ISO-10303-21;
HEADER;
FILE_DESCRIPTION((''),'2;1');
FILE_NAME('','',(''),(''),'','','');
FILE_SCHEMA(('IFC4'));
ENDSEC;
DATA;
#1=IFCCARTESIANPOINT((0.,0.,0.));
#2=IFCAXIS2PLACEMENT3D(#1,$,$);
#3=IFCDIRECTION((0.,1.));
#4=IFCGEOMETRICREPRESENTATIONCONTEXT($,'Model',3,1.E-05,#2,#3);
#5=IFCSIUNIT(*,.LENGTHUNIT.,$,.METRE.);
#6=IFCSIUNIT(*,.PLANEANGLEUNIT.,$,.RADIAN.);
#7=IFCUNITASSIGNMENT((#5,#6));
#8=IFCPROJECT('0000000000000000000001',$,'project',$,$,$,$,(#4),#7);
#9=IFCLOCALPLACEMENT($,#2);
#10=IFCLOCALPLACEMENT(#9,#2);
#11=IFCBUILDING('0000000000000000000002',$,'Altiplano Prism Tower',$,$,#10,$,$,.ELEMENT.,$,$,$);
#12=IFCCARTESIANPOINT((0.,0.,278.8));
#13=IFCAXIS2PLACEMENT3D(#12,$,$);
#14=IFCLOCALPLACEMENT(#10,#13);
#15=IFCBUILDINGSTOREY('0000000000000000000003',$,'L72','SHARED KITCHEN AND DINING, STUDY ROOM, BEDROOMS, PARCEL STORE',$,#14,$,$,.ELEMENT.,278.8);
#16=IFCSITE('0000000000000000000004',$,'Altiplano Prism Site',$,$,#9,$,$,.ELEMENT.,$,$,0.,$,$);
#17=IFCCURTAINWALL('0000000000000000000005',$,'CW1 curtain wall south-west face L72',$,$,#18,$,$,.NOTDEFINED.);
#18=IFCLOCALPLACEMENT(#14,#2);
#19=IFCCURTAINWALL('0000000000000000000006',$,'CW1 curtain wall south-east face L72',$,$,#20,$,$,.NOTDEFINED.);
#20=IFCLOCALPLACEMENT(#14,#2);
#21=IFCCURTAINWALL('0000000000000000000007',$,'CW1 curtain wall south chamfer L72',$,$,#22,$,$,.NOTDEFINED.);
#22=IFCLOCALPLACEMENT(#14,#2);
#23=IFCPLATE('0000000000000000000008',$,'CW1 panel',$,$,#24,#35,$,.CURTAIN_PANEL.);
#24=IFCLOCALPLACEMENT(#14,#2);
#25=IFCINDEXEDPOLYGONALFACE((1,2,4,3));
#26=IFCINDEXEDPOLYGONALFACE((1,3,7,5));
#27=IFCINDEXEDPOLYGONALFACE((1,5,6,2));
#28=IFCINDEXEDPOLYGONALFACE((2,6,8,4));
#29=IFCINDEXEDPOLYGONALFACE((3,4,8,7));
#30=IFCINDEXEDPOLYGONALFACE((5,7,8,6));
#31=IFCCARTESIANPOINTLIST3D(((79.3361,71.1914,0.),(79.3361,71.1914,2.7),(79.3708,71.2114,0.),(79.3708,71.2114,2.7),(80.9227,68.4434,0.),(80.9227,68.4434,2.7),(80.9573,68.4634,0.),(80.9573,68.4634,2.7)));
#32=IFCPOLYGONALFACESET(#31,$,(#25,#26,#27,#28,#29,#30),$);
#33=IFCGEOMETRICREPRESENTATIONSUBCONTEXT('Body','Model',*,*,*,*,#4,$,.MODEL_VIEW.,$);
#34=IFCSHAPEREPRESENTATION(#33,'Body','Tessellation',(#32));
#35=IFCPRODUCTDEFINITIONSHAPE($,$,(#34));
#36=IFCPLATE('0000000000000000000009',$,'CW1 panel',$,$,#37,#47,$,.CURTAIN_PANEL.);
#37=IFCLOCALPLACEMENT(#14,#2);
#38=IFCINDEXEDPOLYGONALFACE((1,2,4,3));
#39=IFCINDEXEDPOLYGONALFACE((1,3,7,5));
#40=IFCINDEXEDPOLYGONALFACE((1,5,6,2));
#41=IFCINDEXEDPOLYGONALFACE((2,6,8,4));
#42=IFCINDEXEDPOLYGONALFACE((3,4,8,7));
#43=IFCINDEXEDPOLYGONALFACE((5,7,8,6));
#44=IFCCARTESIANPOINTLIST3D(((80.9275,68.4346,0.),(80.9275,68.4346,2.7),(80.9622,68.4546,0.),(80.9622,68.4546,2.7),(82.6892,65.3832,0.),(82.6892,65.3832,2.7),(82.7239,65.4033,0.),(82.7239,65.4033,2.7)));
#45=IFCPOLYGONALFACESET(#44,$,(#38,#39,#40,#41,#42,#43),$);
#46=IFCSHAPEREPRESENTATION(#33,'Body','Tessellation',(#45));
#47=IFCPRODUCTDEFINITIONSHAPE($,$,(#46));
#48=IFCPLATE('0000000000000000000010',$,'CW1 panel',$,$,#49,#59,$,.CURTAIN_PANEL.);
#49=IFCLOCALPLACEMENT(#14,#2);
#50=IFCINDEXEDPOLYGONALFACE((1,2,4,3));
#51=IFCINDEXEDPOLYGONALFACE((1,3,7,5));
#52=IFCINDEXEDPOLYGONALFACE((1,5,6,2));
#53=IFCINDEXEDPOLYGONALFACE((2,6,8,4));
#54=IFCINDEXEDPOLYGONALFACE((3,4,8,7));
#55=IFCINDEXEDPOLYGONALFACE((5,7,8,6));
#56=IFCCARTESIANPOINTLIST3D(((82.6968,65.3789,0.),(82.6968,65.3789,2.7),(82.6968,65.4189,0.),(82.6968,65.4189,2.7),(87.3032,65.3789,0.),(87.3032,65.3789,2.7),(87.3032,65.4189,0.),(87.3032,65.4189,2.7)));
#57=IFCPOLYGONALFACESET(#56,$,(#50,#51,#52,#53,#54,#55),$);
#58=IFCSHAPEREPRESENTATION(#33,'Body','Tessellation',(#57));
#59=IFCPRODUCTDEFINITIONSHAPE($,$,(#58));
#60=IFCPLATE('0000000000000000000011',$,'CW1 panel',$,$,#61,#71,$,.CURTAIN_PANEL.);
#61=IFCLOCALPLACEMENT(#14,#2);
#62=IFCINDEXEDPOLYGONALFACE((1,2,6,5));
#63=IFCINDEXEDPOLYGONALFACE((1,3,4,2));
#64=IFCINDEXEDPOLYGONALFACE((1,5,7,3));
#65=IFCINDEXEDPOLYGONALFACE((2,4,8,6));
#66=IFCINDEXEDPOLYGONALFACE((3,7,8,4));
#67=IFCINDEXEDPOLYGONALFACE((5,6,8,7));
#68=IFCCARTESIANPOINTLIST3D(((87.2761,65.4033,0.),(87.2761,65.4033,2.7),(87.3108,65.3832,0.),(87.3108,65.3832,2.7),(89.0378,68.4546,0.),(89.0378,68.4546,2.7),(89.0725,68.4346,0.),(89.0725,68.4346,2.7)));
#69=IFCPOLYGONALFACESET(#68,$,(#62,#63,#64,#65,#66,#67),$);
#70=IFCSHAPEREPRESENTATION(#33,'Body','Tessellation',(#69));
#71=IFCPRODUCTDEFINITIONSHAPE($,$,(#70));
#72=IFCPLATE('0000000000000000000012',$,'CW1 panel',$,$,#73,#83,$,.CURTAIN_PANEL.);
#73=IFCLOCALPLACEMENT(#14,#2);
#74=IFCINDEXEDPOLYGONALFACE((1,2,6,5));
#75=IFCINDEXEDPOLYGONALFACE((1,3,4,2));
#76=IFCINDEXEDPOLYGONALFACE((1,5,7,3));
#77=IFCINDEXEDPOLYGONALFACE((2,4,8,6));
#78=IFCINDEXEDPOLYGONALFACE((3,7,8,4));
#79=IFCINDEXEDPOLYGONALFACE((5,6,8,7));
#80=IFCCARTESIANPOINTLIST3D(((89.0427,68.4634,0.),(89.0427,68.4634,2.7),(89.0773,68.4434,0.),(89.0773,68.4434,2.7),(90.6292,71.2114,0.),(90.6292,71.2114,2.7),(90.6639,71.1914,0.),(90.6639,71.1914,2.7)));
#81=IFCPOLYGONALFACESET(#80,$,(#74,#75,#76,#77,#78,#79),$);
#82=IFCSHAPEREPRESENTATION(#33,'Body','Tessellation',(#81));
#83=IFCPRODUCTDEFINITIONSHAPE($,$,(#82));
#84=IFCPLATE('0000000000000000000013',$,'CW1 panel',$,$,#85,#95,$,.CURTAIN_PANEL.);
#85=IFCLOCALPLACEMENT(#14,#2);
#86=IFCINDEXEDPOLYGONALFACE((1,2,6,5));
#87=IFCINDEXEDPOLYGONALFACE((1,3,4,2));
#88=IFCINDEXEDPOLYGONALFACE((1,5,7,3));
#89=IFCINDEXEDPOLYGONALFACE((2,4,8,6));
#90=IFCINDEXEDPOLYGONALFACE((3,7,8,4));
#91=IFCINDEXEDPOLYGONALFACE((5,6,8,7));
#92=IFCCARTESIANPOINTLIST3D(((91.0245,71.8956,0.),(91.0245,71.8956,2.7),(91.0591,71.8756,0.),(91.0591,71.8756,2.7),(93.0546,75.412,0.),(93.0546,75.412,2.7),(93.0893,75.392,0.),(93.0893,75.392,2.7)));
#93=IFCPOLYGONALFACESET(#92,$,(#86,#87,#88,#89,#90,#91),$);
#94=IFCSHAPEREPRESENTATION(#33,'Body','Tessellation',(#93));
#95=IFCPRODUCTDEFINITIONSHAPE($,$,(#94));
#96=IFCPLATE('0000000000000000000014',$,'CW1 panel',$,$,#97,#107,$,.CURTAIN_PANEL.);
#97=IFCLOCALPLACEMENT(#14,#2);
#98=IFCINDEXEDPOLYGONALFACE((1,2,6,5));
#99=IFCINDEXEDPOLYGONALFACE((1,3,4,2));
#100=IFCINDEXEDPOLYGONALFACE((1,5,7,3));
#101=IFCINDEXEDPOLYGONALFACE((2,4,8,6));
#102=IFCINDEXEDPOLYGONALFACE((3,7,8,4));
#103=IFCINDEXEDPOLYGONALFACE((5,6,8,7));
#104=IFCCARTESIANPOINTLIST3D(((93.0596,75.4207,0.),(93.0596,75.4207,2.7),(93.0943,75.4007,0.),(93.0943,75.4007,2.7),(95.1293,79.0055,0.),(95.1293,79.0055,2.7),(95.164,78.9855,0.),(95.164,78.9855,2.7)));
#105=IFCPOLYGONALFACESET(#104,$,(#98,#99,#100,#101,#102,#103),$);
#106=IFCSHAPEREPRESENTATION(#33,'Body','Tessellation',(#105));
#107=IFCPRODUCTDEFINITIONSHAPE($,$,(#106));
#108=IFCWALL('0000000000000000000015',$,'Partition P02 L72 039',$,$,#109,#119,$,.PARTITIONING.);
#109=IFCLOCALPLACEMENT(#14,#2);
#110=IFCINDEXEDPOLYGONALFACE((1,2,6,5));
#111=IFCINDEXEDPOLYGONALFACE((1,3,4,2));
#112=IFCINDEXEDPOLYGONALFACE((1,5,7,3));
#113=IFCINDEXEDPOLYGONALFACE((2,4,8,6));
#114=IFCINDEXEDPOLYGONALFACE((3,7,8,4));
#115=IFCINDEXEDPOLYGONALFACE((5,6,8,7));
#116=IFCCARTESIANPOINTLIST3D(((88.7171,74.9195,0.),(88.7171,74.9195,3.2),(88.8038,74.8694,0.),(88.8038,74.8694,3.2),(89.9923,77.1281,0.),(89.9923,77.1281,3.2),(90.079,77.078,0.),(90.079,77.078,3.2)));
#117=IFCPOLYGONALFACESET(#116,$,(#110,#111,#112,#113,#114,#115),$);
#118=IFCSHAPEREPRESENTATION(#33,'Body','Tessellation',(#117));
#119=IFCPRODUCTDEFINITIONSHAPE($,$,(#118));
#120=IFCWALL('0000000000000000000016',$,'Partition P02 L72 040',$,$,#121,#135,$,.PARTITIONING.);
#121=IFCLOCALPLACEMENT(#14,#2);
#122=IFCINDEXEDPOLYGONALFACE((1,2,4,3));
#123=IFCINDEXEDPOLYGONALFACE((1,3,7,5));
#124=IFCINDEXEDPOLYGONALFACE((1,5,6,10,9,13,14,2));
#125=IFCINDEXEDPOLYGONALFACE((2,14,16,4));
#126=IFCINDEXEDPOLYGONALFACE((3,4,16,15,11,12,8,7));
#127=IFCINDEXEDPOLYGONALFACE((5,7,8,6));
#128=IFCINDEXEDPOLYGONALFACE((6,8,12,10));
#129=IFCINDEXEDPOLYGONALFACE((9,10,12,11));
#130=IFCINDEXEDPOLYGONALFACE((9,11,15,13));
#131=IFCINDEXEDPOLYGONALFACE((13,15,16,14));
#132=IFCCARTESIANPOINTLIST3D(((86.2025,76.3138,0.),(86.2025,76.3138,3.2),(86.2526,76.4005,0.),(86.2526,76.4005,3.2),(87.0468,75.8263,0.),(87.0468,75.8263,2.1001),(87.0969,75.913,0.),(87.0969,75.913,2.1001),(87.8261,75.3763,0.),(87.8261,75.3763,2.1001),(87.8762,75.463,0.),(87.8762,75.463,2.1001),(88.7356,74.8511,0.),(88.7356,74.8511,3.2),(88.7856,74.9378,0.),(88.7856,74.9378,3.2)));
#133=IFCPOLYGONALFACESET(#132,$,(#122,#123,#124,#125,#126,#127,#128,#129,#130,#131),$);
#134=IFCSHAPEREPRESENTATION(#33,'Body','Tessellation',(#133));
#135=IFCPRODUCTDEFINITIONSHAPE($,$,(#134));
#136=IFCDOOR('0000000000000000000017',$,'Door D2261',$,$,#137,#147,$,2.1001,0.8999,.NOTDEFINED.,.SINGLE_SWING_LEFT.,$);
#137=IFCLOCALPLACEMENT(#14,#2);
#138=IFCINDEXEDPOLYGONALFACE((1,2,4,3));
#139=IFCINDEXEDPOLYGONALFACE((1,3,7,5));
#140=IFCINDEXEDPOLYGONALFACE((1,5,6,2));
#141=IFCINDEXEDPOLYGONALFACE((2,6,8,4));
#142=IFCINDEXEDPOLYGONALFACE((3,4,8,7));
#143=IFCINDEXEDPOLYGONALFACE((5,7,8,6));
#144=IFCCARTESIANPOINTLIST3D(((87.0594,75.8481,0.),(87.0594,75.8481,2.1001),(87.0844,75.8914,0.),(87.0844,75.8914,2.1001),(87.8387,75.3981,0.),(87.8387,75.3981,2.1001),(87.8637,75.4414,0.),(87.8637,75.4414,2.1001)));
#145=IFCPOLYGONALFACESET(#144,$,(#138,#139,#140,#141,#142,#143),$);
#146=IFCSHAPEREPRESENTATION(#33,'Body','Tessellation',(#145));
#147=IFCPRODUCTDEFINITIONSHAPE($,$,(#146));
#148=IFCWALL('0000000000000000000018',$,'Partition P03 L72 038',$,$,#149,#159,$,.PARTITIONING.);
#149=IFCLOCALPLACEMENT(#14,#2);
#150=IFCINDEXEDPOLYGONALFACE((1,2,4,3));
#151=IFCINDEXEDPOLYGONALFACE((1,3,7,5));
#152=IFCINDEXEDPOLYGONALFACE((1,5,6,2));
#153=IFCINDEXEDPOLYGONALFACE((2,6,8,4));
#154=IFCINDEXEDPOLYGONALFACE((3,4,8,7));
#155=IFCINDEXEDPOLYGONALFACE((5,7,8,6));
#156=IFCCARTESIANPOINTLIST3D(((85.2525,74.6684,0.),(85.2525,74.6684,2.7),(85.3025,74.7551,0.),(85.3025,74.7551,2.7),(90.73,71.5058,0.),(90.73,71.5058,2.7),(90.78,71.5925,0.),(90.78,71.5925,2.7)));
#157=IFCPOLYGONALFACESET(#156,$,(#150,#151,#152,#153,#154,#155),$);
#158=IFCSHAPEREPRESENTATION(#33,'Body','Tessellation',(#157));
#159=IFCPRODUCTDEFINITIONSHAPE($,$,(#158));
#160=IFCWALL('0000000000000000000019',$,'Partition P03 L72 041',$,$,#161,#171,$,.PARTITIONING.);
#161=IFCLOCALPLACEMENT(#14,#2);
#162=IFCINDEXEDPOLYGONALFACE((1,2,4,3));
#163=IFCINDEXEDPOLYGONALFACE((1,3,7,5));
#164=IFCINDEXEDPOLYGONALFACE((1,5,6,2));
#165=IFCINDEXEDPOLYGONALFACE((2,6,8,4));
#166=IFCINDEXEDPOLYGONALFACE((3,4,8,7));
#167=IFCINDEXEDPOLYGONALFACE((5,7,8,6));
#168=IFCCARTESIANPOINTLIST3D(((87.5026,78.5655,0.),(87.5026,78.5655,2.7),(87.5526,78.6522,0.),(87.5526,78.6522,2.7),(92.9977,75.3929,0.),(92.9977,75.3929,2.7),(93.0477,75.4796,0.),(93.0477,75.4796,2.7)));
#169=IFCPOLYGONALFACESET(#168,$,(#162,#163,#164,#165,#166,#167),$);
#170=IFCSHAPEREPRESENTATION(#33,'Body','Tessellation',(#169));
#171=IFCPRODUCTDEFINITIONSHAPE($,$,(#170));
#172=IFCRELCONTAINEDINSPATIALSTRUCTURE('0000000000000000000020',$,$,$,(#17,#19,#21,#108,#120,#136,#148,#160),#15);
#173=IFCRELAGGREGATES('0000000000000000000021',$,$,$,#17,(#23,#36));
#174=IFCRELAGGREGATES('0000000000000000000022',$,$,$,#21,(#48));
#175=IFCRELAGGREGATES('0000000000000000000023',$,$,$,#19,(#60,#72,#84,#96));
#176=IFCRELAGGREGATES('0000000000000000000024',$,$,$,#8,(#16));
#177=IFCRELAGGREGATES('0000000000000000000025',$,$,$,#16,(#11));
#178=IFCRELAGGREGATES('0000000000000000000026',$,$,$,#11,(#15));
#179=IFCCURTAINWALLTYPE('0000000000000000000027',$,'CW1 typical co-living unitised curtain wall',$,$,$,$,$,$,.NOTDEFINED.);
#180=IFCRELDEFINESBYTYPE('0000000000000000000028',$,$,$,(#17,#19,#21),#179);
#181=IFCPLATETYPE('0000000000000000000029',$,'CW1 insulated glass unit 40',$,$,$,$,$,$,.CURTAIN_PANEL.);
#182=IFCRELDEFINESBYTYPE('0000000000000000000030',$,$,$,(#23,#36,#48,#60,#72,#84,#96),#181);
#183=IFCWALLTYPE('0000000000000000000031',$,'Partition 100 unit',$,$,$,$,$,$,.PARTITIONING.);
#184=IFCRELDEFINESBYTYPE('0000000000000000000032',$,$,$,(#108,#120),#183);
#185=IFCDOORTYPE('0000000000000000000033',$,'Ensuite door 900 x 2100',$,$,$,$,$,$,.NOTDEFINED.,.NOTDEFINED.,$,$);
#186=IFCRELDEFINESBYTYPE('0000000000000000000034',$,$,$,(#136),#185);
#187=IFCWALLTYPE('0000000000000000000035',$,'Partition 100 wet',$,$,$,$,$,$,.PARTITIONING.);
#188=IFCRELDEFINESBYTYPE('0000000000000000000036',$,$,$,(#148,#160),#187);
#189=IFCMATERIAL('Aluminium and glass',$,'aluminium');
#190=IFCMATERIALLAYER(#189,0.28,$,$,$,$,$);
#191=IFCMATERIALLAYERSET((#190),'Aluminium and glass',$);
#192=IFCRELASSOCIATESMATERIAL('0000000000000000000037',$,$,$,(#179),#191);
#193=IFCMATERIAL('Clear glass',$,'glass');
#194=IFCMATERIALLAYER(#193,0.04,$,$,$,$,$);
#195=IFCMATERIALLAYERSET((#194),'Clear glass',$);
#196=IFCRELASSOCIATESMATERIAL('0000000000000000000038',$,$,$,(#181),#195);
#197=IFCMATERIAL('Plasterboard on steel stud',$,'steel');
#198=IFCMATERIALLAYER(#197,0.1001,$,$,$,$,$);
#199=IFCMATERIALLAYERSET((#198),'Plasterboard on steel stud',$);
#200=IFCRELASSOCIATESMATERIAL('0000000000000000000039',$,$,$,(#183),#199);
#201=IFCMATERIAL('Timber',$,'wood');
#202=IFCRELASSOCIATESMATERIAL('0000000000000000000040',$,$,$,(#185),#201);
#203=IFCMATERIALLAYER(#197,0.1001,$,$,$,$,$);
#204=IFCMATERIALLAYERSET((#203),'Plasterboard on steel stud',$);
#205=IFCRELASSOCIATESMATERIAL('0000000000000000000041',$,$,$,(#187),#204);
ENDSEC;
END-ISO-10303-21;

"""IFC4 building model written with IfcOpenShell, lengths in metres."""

from ifc_helpers import new_model, si_unit, direction, frame, frame_2d, origin, origin_2d, place, context, subcontext, project, spatial, rectangle, extrude, material, layer, layer_set, type_object, element, fill, aggregate, save


model = new_model("IFC4")

# Units and contexts
model_context = context("Model", 3, precision=1e-05, world=origin(), true_north=direction((0.0, 1.0)))
body_context = subcontext(model_context, "Body", "Model", "MODEL_VIEW")
ifc_project = project(units=[si_unit("LENGTHUNIT", "METRE"), si_unit("PLANEANGLEUNIT", "RADIAN")], contexts=[model_context])

# Site, building, storey
site_placement = place(None, origin())
site = spatial("IfcSite", under=ifc_project, at=site_placement, Name="Altiplano Prism Site", CompositionType="ELEMENT", RefElevation=0.0)
building_placement = place(site_placement, origin())
building = spatial("IfcBuilding", under=site, at=building_placement, Name="Altiplano Prism Tower", CompositionType="ELEMENT")
storey_placement = place(building_placement, frame((0.0, 0.0, 278.8)))
storey = spatial("IfcBuildingStorey", under=building, at=storey_placement, Name="L72", Description="SHARED KITCHEN AND DINING, STUDY ROOM, BEDROOMS, PARCEL STORE", CompositionType="ELEMENT", Elevation=278.8)

# Curtain wall
ifc_material_1 = material(Name="Aluminium and glass", Category="aluminium")
ifc_layer_1 = layer(ifc_material_1, 0.28)
ifc_layer_set_1 = layer_set([ifc_layer_1], Name="Aluminium and glass")
curtain_wall_type = type_object("IfcCurtainWallType", Name="CW1 typical co-living unitised curtain wall", PredefinedType="NOTDEFINED", material=ifc_layer_set_1)
curtain_wall_1_placement = place(storey_placement, origin())
curtain_wall_1 = element("IfcCurtainWall", 1, at=curtain_wall_1_placement, inside=storey, type_object=curtain_wall_type, Name="CW1 curtain wall south-west face L72", PredefinedType="NOTDEFINED")

# Curtain wall
curtain_wall_2_placement = place(storey_placement, origin())
curtain_wall_2 = element("IfcCurtainWall", 2, at=curtain_wall_2_placement, inside=storey, type_object=curtain_wall_type, Name="CW1 curtain wall south-east face L72", PredefinedType="NOTDEFINED")

# Curtain wall
curtain_wall_3_placement = place(storey_placement, origin())
curtain_wall_3 = element("IfcCurtainWall", 3, at=curtain_wall_3_placement, inside=storey, type_object=curtain_wall_type, Name="CW1 curtain wall south chamfer L72", PredefinedType="NOTDEFINED")

# Plates
ifc_material_2 = material(Name="Clear glass", Category="glass")
ifc_layer_2 = layer(ifc_material_2, 0.04)
ifc_layer_set_2 = layer_set([ifc_layer_2], Name="Clear glass")
plate_type = type_object("IfcPlateType", Name="CW1 insulated glass unit 40", PredefinedType="CURTAIN_PANEL", material=ifc_layer_set_2)
plate_1_placement = place(storey_placement, frame((80.1467, 69.8274, 0.0), z_axis=(0.0, 0.0, 1.0), x_axis=(0.5, -0.866025, 0.0)))
plate_1 = element("IfcPlate", 4, at=plate_1_placement, type_object=plate_type, Name="CW1 panel", PredefinedType="CURTAIN_PANEL", context=body_context, shape_type="SweptSolid", body=[
    extrude(rectangle(XDim=3.1731, YDim=0.04, at=origin_2d()), origin(), (0.0, 0.0, 1.0), 2.7),
])
plate_2_placement = place(storey_placement, frame((81.8257, 66.9189, 0.0), z_axis=(0.0, 0.0, 1.0), x_axis=(0.5, -0.866025, 0.0)))
plate_2 = element("IfcPlate", 5, at=plate_2_placement, type_object=plate_type, Name="CW1 panel", PredefinedType="CURTAIN_PANEL", context=body_context, shape_type="SweptSolid", body=[
    extrude(rectangle(XDim=3.5234, YDim=0.04, at=origin_2d()), origin(), (0.0, 0.0, 1.0), 2.7),
])
aggregate(curtain_wall_1, [plate_1, plate_2])
plate_3_placement = place(storey_placement, frame((85.0, 65.3989, 0.0), z_axis=(0.0, 0.0, 1.0), x_axis=(1.0, 0.0, 0.0)))
plate_3 = element("IfcPlate", 6, at=plate_3_placement, type_object=plate_type, Name="CW1 panel", PredefinedType="CURTAIN_PANEL", context=body_context, shape_type="SweptSolid", body=[
    extrude(rectangle(XDim=4.6064, YDim=0.04, at=origin_2d()), origin(), (0.0, 0.0, 1.0), 2.7),
])
aggregate(curtain_wall_3, [plate_3])
plate_4_placement = place(storey_placement, frame((88.1743, 66.9189, 0.0), z_axis=(0.0, 0.0, 1.0), x_axis=(0.5, 0.866025, 0.0)))
plate_4 = element("IfcPlate", 7, at=plate_4_placement, type_object=plate_type, Name="CW1 panel", PredefinedType="CURTAIN_PANEL", context=body_context, shape_type="SweptSolid", body=[
    extrude(rectangle(XDim=3.5234, YDim=0.04, at=origin_2d()), origin(), (0.0, 0.0, 1.0), 2.7),
])
plate_5_placement = place(storey_placement, frame((89.8533, 69.8274, 0.0), z_axis=(0.0, 0.0, 1.0), x_axis=(0.5, 0.866025, 0.0)))
plate_5 = element("IfcPlate", 8, at=plate_5_placement, type_object=plate_type, Name="CW1 panel", PredefinedType="CURTAIN_PANEL", context=body_context, shape_type="SweptSolid", body=[
    extrude(rectangle(XDim=3.1731, YDim=0.04, at=origin_2d()), origin(), (0.0, 0.0, 1.0), 2.7),
])
plate_6_placement = place(storey_placement, frame((92.0569, 73.6438, 0.0), z_axis=(0.0, 0.0, 1.0), x_axis=(0.5, 0.866025, 0.0)))
plate_6 = element("IfcPlate", 9, at=plate_6_placement, type_object=plate_type, Name="CW1 panel", PredefinedType="CURTAIN_PANEL", context=body_context, shape_type="SweptSolid", body=[
    extrude(rectangle(XDim=4.0603, YDim=0.04, at=origin_2d()), origin(), (0.0, 0.0, 1.0), 2.7),
])
plate_7_placement = place(storey_placement, frame((94.1118, 77.2031, 0.0), z_axis=(0.0, 0.0, 1.0), x_axis=(0.5, 0.866025, 0.0)))
plate_7 = element("IfcPlate", 10, at=plate_7_placement, type_object=plate_type, Name="CW1 panel", PredefinedType="CURTAIN_PANEL", context=body_context, shape_type="SweptSolid", body=[
    extrude(rectangle(XDim=4.1394, YDim=0.04, at=origin_2d()), origin(), (0.0, 0.0, 1.0), 2.7),
])
aggregate(curtain_wall_2, [plate_4, plate_5, plate_6, plate_7])

# Wall
ifc_material_3 = material(Name="Plasterboard on steel stud", Category="steel")
ifc_layer_3 = layer(ifc_material_3, 0.1001)
ifc_layer_set_3 = layer_set([ifc_layer_3], Name="Plasterboard on steel stud")
wall_type_1 = type_object("IfcWallType", Name="Partition 100 unit", PredefinedType="PARTITIONING", material=ifc_layer_set_3)
wall_1_placement = place(storey_placement, frame((90.0356, 77.103, 0.0), z_axis=(0.0, 0.0, 1.0), x_axis=(-0.500021, -0.866013, 0.0)))
element("IfcWall", 11, at=wall_1_placement, inside=storey, type_object=wall_type_1, Name="Partition P02 L72 039", PredefinedType="PARTITIONING", context=body_context, shape_type="SweptSolid", body=[
    extrude(rectangle(XDim=2.5503, YDim=0.1001, at=frame_2d((1.2751, 0.0))), origin(), (0.0, 0.0, 1.0), 3.2),
])

# Wall, opening, door
wall_2_placement = place(storey_placement, frame((88.7605, 74.8945, 0.0), z_axis=(0.0, 0.0, 1.0), x_axis=(-0.86599, 0.500062, 0.0)))
wall_2 = element("IfcWall", 12, at=wall_2_placement, inside=storey, type_object=wall_type_1, Name="Partition P02 L72 040", PredefinedType="PARTITIONING", context=body_context, shape_type="SweptSolid", body=[
    extrude(rectangle(XDim=2.925, YDim=0.1001, at=frame_2d((1.4624, 0.0))), origin(), (0.0, 0.0, 1.0), 3.2),
])
opening_1_placement = place(wall_2_placement, frame((1.05, 0.0, 0.0)))
opening_1 = element("IfcOpeningElement", 13, at=opening_1_placement, cuts=wall_2, PredefinedType="OPENING", context=body_context, shape_type="SweptSolid", body=[
    extrude(rectangle(XDim=0.8999, YDim=2.1001, at=frame_2d((0.45, 1.05))), frame((0.0, 0.0605, 0.0), z_axis=(0.0, -1.0, 0.0), x_axis=(1.0, 0.0, 0.0)), (0.0, 0.0, 1.0), 0.1211),
])
ifc_material_4 = material(Name="Timber", Category="wood")
door_type_1 = type_object("IfcDoorType", Name="Ensuite door 900 x 2100", OperationType="NOTDEFINED", PredefinedType="NOTDEFINED", material=ifc_material_4)
door_1_placement = place(opening_1_placement, origin())
door_1 = element("IfcDoor", 14, at=door_1_placement, inside=storey, type_object=door_type_1, Name="Door D2261", OperationType="SINGLE_SWING_LEFT", OverallHeight=2.1001, OverallWidth=0.8999, PredefinedType="NOTDEFINED", context=body_context, shape_type="SweptSolid", body=[
    extrude(rectangle(XDim=0.8999, YDim=2.1001, at=frame_2d((0.45, 1.05))), frame((0.0, 0.0249, 0.0), z_axis=(0.0, -1.0, 0.0), x_axis=(1.0, 0.0, 0.0)), (0.0, 0.0, 1.0), 0.05),
])
fill(opening_1, door_1)

# Walls
ifc_layer_4 = layer(ifc_material_3, 0.1001)
ifc_layer_set_4 = layer_set([ifc_layer_4], Name="Plasterboard on steel stud")
wall_type_2 = type_object("IfcWallType", Name="Partition 100 wet", PredefinedType="PARTITIONING", material=ifc_layer_set_4)
wall_3_placement = place(storey_placement, frame((90.7551, 71.5491, 0.0), z_axis=(0.0, 0.0, 1.0), x_axis=(-0.866016, 0.500016, 0.0)))
element("IfcWall", 15, at=wall_3_placement, inside=storey, type_object=wall_type_2, Name="Partition P03 L72 038", PredefinedType="PARTITIONING", context=body_context, shape_type="SweptSolid", body=[
    extrude(rectangle(XDim=6.325, YDim=0.1001, at=frame_2d((3.1626, 0.0))), origin(), (0.0, 0.0, 1.0), 2.7),
])
wall_4_placement = place(storey_placement, frame((93.0227, 75.4363, 0.0), z_axis=(0.0, 0.0, 1.0), x_axis=(-0.866025, 0.5, 0.0)))
element("IfcWall", 16, at=wall_4_placement, inside=storey, type_object=wall_type_2, Name="Partition P03 L72 041", PredefinedType="PARTITIONING", context=body_context, shape_type="SweptSolid", body=[
    extrude(rectangle(XDim=6.3452, YDim=0.1001, at=frame_2d((3.1726, 0.0))), origin(), (0.0, 0.0, 1.0), 2.7),
])

save(model, "model.ifc")
